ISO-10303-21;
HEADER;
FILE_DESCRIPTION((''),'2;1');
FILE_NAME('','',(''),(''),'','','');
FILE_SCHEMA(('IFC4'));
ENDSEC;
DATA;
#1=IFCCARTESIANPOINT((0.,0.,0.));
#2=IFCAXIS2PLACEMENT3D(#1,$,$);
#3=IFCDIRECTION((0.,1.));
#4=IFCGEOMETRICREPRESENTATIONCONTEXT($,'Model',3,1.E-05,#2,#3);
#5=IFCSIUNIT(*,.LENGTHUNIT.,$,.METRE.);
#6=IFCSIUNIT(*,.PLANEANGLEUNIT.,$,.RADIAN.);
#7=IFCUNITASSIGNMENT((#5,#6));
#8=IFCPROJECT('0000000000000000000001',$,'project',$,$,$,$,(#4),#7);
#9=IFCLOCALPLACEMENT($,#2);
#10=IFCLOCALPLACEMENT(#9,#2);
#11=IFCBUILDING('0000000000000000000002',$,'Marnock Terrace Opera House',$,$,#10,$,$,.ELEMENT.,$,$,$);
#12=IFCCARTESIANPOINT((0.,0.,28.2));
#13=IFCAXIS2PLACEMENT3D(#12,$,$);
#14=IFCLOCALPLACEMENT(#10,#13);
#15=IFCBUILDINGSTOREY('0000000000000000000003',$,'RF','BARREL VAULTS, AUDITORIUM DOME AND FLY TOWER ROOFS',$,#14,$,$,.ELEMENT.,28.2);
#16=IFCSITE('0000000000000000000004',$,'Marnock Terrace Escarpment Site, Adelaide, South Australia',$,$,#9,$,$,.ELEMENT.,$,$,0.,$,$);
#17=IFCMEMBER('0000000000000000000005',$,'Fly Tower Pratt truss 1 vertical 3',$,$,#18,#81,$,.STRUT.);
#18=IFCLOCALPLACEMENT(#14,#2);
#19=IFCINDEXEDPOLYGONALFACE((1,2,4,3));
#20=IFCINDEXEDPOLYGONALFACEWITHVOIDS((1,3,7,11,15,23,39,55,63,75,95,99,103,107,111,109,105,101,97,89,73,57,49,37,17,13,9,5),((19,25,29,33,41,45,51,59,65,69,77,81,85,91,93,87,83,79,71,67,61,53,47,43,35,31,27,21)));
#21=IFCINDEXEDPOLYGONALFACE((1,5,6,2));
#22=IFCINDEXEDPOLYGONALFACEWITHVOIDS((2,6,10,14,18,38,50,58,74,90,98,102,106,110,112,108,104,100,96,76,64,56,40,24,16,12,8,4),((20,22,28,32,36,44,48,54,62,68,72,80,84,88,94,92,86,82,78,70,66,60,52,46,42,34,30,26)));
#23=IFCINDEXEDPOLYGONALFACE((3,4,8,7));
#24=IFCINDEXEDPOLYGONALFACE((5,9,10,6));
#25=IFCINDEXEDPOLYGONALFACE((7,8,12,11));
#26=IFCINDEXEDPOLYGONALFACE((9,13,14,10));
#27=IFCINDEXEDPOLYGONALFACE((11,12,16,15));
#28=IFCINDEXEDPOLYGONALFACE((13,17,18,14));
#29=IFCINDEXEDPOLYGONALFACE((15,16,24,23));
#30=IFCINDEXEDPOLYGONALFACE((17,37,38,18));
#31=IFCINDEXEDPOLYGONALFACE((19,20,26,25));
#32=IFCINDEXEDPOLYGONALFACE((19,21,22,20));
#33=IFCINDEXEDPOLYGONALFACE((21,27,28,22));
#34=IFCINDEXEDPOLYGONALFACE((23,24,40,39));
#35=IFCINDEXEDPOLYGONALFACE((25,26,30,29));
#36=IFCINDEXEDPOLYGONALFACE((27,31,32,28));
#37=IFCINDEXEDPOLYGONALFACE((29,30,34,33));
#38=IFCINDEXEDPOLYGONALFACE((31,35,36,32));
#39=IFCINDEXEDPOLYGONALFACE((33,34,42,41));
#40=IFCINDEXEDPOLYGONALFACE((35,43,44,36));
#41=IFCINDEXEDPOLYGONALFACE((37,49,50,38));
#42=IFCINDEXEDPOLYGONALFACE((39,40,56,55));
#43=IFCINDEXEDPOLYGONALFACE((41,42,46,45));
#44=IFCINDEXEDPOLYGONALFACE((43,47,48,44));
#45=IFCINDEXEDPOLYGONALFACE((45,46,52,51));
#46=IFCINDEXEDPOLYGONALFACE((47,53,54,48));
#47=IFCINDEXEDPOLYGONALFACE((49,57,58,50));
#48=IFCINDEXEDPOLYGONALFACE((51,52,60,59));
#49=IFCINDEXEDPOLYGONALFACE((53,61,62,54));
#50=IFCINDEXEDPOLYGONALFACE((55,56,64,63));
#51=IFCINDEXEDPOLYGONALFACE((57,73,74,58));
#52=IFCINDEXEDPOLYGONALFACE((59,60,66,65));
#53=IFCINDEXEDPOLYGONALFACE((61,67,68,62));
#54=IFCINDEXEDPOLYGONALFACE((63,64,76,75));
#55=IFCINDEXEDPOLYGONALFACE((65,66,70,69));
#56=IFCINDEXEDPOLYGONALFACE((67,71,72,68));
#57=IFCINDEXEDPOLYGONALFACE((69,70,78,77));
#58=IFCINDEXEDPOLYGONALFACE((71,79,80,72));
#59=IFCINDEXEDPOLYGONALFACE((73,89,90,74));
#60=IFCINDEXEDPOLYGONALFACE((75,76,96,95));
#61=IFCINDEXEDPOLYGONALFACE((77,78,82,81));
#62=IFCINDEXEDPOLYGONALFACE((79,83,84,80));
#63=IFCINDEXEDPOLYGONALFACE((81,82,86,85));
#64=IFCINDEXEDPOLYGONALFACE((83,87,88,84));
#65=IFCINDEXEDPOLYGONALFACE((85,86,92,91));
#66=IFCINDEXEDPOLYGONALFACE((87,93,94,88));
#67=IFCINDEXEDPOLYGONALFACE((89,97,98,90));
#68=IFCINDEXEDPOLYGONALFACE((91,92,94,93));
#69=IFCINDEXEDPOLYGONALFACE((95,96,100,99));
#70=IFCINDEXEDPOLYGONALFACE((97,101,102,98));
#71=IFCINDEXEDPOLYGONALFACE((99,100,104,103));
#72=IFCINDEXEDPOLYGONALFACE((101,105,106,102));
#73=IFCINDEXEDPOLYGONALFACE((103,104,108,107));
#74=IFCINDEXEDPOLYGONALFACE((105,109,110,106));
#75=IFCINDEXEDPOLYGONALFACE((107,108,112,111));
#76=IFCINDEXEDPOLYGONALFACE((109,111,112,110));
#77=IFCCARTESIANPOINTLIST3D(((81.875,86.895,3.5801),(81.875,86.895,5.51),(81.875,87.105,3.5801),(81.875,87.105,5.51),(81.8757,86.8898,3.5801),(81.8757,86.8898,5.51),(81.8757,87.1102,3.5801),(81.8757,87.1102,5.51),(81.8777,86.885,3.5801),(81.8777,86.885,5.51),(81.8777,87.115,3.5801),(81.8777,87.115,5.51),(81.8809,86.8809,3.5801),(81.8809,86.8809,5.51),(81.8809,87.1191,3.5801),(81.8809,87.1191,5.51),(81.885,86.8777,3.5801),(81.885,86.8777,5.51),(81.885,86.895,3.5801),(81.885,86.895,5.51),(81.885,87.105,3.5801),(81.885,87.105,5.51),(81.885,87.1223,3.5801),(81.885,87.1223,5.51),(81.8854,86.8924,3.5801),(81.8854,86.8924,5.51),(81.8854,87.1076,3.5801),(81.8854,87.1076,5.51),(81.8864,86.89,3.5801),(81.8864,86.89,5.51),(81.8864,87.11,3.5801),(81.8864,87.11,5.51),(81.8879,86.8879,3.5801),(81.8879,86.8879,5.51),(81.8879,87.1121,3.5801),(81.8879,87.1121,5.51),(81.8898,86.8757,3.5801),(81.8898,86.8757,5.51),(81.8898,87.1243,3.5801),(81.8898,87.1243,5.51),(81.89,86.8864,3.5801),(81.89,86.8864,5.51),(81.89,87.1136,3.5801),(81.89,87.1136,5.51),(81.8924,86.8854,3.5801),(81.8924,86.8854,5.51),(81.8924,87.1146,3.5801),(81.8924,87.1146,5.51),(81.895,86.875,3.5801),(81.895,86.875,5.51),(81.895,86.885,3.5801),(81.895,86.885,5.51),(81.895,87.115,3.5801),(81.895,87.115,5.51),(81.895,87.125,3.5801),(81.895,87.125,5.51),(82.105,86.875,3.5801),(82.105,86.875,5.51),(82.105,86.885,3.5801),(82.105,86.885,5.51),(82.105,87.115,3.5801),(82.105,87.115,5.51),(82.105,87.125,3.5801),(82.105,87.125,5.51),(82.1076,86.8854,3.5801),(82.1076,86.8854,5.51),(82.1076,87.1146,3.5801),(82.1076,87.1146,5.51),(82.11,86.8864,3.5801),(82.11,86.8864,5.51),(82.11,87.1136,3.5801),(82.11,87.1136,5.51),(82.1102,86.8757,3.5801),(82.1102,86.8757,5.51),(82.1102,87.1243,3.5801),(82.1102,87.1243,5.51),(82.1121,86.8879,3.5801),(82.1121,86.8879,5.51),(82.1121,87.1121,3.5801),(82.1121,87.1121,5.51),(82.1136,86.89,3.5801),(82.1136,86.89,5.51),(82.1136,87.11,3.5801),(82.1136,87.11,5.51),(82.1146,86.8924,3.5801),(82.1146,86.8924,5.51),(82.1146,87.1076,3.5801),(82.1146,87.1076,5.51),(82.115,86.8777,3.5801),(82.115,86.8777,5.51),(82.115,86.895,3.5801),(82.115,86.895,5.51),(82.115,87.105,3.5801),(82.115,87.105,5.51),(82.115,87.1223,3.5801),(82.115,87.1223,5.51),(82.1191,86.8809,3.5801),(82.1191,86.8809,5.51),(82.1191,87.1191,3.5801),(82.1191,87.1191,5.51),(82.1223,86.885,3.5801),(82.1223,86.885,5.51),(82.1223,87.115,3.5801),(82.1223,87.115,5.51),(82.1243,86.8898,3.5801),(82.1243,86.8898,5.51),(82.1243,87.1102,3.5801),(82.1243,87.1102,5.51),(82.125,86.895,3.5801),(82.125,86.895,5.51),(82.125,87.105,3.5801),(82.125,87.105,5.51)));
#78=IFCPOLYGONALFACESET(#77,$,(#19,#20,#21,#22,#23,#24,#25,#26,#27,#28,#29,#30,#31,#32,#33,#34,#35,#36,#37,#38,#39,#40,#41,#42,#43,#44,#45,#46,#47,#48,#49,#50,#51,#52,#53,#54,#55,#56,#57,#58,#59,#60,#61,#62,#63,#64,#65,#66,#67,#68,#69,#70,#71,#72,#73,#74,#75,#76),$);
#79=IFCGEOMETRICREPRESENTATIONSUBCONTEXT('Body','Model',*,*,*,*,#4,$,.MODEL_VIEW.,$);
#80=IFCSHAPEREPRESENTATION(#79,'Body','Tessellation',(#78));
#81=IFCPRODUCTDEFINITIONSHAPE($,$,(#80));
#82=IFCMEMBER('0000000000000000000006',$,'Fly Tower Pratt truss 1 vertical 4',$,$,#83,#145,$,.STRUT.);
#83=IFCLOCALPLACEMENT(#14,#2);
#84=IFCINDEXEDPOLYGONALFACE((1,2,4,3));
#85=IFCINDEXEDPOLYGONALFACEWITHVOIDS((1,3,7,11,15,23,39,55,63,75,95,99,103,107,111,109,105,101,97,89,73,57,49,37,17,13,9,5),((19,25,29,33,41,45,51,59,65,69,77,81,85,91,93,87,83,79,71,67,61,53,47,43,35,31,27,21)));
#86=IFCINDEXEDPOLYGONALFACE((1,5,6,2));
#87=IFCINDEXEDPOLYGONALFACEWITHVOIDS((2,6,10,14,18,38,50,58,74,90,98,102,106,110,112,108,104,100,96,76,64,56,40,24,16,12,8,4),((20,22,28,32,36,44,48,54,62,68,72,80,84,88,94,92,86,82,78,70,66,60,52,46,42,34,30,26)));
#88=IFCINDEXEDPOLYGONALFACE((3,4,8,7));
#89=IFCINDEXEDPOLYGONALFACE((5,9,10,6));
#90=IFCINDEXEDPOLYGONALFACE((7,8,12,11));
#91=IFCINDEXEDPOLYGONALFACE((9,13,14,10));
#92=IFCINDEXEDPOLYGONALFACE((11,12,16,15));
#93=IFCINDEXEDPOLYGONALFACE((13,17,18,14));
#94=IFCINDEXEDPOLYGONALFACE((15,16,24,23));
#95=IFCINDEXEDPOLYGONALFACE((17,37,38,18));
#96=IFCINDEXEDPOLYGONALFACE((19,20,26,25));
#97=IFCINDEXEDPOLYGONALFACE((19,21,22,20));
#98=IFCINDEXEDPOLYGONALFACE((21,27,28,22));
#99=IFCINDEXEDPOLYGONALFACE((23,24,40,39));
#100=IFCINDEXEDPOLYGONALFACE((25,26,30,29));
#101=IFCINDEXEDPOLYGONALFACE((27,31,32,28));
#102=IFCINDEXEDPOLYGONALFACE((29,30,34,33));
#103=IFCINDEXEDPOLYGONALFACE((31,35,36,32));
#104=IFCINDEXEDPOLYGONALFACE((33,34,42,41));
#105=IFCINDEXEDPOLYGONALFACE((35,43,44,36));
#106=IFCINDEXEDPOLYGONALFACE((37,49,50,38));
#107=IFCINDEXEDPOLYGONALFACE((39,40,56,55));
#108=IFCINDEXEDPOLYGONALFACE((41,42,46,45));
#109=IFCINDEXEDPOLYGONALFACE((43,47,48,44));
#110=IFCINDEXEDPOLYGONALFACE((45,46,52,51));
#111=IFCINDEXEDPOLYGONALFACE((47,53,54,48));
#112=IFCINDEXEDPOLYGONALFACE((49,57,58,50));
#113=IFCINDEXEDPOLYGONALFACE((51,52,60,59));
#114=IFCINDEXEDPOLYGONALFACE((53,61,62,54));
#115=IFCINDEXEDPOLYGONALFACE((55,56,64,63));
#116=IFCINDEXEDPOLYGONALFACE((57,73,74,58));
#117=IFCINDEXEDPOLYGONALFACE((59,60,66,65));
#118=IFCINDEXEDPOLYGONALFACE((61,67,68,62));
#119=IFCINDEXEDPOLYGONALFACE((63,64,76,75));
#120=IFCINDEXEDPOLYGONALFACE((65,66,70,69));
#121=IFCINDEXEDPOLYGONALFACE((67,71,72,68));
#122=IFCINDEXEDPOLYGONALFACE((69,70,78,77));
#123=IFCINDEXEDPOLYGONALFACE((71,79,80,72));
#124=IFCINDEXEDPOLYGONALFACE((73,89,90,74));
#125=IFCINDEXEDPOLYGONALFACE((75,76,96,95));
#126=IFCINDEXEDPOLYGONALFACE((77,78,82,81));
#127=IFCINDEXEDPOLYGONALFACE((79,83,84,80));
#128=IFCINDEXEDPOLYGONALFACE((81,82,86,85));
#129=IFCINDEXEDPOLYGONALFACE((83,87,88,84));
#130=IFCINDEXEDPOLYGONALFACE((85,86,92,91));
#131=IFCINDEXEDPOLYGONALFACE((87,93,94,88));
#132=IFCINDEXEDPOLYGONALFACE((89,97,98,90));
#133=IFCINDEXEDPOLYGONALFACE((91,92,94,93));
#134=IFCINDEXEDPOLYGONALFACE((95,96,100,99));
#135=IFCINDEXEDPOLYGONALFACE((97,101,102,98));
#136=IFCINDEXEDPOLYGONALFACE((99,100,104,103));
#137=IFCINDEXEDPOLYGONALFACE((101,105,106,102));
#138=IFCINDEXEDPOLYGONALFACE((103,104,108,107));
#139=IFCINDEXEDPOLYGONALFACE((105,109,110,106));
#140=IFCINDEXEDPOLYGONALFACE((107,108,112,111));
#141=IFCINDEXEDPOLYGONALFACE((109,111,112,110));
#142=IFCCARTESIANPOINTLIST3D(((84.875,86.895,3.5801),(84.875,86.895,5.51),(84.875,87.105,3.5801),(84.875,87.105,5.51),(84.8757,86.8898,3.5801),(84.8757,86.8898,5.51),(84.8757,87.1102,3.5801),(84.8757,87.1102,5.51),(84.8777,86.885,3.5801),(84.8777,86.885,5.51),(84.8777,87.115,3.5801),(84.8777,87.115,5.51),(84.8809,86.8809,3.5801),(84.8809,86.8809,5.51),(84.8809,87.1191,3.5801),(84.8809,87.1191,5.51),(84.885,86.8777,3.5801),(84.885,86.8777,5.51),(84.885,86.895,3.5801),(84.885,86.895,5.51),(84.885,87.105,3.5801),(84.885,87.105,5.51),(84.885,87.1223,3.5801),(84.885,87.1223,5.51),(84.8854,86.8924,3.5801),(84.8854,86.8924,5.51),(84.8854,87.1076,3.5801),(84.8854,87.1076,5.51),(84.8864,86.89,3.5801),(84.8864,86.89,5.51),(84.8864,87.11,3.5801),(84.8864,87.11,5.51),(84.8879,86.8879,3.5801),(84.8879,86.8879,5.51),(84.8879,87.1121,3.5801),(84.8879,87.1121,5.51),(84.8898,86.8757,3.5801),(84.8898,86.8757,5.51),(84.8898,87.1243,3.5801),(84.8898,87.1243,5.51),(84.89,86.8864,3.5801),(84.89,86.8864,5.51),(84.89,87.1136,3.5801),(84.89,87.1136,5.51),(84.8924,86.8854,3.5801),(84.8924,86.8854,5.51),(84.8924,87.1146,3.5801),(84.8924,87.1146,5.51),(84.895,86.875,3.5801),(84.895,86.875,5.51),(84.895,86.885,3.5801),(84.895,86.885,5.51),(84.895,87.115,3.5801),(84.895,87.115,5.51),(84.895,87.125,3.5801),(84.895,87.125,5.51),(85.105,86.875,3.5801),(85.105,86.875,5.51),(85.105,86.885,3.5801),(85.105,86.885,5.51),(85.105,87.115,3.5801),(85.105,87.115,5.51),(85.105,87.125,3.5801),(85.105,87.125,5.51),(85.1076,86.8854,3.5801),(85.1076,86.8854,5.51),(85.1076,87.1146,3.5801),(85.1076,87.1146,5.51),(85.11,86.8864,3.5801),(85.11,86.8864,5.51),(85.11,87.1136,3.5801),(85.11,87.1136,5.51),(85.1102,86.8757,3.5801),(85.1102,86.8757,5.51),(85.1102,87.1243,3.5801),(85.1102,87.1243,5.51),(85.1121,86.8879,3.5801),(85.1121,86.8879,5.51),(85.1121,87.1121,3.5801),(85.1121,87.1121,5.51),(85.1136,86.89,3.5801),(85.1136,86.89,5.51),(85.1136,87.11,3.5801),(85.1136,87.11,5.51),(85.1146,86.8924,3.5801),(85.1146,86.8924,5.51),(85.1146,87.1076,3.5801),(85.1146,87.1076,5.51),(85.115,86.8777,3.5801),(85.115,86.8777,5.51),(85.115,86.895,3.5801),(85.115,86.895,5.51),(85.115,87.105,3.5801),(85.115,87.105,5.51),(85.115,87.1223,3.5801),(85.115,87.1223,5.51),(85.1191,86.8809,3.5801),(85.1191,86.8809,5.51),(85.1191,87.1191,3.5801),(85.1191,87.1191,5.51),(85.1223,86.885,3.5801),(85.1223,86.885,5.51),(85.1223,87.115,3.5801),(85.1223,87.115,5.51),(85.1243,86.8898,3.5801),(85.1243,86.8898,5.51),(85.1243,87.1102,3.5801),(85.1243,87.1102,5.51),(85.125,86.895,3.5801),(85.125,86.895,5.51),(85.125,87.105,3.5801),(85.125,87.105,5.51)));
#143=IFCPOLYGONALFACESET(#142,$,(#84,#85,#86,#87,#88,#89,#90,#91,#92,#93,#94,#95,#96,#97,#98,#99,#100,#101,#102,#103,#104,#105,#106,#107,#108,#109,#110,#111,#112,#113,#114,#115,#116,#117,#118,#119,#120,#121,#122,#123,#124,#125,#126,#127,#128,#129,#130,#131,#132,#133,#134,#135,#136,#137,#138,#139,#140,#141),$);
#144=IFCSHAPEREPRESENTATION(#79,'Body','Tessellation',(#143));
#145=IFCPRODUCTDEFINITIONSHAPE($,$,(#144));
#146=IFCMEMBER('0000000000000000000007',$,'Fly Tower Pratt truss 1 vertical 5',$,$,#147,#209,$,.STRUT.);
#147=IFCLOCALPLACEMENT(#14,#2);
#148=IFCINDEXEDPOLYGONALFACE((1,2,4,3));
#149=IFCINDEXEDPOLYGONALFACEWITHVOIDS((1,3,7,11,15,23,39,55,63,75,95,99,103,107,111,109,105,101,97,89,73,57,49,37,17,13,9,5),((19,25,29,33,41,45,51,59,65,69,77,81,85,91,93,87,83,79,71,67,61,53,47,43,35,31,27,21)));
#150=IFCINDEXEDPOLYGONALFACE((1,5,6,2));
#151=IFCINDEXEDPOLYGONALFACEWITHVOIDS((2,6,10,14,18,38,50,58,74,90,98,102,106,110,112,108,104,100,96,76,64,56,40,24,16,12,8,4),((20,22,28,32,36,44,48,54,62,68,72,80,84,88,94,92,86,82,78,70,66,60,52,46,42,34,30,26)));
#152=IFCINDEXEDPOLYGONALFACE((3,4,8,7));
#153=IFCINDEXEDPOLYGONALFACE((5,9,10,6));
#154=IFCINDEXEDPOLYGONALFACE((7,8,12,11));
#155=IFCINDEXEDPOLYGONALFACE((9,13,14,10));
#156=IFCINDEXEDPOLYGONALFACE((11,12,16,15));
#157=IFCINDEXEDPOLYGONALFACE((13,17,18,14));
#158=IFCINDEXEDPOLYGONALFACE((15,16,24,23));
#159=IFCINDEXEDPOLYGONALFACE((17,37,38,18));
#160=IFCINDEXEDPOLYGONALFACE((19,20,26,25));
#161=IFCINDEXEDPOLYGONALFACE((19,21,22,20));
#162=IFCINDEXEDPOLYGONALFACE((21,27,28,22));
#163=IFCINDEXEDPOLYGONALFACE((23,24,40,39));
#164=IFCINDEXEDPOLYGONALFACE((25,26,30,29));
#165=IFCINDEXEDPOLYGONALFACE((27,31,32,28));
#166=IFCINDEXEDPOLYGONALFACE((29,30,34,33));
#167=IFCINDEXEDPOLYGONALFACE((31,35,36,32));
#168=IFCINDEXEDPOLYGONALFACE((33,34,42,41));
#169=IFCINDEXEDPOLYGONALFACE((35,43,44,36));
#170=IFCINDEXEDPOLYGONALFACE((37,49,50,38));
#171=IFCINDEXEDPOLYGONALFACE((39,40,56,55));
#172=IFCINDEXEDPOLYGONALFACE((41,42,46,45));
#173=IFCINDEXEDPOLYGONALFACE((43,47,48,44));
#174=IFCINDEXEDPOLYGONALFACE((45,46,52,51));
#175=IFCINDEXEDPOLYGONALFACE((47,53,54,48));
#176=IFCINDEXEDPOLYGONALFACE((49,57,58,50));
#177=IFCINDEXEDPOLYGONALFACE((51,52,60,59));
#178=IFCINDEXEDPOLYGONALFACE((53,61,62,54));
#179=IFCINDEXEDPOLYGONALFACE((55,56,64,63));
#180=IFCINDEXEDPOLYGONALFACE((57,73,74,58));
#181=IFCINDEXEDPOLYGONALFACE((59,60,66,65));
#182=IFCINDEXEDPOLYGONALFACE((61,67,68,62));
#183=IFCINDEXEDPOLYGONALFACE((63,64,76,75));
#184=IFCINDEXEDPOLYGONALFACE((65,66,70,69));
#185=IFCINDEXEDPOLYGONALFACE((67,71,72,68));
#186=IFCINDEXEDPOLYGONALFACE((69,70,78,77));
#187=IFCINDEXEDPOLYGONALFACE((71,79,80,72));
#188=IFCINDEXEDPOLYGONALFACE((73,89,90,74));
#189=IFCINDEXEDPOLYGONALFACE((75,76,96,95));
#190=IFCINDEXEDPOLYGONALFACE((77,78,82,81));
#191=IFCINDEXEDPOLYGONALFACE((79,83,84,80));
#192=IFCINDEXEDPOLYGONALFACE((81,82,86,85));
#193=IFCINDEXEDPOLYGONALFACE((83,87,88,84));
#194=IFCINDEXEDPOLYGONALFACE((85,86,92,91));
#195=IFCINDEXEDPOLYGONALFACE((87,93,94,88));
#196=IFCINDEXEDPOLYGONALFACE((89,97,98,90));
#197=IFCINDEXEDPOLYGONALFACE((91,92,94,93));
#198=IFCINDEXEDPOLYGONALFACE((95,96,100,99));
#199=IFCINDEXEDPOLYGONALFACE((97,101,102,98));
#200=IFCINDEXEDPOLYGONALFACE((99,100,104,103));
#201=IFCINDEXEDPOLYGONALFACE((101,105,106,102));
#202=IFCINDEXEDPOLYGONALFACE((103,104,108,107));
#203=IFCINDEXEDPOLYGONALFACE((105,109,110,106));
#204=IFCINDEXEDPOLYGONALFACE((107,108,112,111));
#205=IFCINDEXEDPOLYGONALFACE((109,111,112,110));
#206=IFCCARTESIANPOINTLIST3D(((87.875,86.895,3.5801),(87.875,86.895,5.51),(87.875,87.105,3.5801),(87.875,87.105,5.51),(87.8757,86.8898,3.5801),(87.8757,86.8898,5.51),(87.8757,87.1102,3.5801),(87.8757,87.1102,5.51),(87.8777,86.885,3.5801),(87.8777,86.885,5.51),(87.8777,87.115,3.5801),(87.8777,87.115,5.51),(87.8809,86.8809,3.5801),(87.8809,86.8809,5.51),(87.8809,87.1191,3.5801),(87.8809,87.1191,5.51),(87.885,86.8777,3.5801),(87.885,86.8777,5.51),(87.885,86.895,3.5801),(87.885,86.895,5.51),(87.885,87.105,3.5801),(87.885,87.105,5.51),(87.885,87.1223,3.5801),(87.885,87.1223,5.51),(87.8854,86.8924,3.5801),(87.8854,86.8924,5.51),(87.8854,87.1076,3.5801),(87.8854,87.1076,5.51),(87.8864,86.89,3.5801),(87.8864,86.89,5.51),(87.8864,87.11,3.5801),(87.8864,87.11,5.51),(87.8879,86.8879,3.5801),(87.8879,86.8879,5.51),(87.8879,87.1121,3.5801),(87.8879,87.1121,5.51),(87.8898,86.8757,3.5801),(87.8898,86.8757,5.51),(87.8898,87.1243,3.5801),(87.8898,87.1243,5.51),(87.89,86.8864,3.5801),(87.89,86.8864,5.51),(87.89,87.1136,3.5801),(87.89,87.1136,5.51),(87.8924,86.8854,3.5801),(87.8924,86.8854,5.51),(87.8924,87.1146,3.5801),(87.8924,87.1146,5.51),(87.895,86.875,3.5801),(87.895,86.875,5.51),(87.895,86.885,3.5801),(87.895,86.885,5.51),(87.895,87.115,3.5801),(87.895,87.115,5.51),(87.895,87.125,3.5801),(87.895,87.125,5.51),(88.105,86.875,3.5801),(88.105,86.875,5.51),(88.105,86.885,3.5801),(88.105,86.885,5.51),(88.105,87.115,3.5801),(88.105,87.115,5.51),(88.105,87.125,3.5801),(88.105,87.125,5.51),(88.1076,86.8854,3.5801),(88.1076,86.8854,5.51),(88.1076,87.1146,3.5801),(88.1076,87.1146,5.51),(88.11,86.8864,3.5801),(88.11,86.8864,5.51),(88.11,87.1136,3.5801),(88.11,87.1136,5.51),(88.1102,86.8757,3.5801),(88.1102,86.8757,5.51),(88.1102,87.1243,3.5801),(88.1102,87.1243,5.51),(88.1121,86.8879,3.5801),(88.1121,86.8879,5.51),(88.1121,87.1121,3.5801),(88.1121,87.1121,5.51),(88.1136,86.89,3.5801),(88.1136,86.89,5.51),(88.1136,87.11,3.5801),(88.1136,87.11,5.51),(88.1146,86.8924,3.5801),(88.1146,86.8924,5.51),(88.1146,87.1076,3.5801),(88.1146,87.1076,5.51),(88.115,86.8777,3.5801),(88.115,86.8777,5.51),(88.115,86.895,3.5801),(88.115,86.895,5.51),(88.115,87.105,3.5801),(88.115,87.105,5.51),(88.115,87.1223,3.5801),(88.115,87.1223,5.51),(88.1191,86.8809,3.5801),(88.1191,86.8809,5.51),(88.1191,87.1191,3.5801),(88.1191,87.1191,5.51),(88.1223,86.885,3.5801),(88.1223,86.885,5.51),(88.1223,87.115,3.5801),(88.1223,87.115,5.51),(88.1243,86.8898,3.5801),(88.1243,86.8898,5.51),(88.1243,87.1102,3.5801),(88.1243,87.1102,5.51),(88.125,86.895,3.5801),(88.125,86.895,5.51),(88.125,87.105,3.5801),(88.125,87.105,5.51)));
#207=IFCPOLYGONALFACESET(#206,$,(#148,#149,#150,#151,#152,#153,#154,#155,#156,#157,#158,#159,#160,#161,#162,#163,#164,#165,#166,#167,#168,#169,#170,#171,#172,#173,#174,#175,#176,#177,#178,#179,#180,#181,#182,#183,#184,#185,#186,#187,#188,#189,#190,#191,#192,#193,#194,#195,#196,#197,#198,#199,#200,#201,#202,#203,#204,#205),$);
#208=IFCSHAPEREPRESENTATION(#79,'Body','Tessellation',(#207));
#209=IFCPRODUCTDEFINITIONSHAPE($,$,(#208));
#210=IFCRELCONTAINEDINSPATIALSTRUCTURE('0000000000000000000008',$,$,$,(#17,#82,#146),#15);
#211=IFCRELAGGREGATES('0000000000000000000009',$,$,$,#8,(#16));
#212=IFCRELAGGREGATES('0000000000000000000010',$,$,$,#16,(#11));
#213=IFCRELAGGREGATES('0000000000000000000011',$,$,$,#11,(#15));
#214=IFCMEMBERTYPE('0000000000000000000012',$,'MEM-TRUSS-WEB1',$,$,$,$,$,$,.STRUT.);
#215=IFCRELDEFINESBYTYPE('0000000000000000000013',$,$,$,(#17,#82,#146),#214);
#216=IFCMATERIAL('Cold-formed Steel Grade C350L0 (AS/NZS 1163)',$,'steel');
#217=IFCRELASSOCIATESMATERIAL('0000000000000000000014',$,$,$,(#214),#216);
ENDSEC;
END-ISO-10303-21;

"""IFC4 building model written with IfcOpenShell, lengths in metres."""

from ifc_helpers import new_model, si_unit, direction, frame, origin, origin_2d, place, context, subcontext, project, spatial, hollow_rectangle, extrude, material, material_profile, profile_set, type_object, element, save


model = new_model("IFC4")

# Units and contexts
model_context = context("Model", 3, precision=1e-05, world=origin(), true_north=direction((0.0, 1.0)))
body_context = subcontext(model_context, "Body", "Model", "MODEL_VIEW")
ifc_project = project(units=[si_unit("LENGTHUNIT", "METRE"), si_unit("PLANEANGLEUNIT", "RADIAN")], contexts=[model_context])

# Site, building, storey
site_placement = place(None, origin())
site = spatial("IfcSite", under=ifc_project, at=site_placement, Name="Marnock Terrace Escarpment Site, Adelaide, South Australia", CompositionType="ELEMENT", RefElevation=0.0)
building_placement = place(site_placement, origin())
building = spatial("IfcBuilding", under=site, at=building_placement, Name="Marnock Terrace Opera House", CompositionType="ELEMENT")
storey_placement = place(building_placement, frame((0.0, 0.0, 28.2)))
storey = spatial("IfcBuildingStorey", under=building, at=storey_placement, Name="RF", Description="BARREL VAULTS, AUDITORIUM DOME AND FLY TOWER ROOFS", CompositionType="ELEMENT", Elevation=28.2)

# Members
ifc_material_1 = material(Name="Cold-formed Steel Grade C350L0 (AS/NZS 1163)", Category="steel")
ifc_material_profile_1 = material_profile(ifc_material_1, hollow_rectangle(XDim=0.25, YDim=0.25, WallThickness=0.01, InnerFilletRadius=0.01, OuterFilletRadius=0.02, at=origin_2d()))
ifc_profile_set_1 = profile_set([ifc_material_profile_1], Name="Cold-formed Steel Grade C350L0 (AS/NZS 1163)")
member_type_1 = type_object("IfcMemberType", Name="MEM-TRUSS-WEB1", PredefinedType="STRUT", material=ifc_profile_set_1)
for number, where, z_axis, x_axis, name in (
    (1, (82.0, 87.0, 3.5801), (0.0, 0.0, 1.0), (1.0, 0.0, 0.0), "Fly Tower Pratt truss 1 vertical 3"),
    (2, (85.0, 87.0, 3.5801), (0.0, 0.0, 1.0), (1.0, 0.0, 0.0), "Fly Tower Pratt truss 1 vertical 4"),
    (3, (88.0, 87.0, 3.5801), (0.0, 0.0, 1.0), (1.0, 0.0, 0.0), "Fly Tower Pratt truss 1 vertical 5"),
):
    element("IfcMember", number, at=place(storey_placement, frame(where, z_axis=z_axis, x_axis=x_axis)), inside=storey, type_object=member_type_1, Name=name, PredefinedType="STRUT", context=body_context, shape_type="SweptSolid", body=[
        extrude(hollow_rectangle(XDim=0.25, YDim=0.25, WallThickness=0.01, InnerFilletRadius=0.01, OuterFilletRadius=0.02, at=origin_2d()), origin(), (0.0, 0.0, 1.0), 1.9299),
    ])

save(model, "model.ifc")
